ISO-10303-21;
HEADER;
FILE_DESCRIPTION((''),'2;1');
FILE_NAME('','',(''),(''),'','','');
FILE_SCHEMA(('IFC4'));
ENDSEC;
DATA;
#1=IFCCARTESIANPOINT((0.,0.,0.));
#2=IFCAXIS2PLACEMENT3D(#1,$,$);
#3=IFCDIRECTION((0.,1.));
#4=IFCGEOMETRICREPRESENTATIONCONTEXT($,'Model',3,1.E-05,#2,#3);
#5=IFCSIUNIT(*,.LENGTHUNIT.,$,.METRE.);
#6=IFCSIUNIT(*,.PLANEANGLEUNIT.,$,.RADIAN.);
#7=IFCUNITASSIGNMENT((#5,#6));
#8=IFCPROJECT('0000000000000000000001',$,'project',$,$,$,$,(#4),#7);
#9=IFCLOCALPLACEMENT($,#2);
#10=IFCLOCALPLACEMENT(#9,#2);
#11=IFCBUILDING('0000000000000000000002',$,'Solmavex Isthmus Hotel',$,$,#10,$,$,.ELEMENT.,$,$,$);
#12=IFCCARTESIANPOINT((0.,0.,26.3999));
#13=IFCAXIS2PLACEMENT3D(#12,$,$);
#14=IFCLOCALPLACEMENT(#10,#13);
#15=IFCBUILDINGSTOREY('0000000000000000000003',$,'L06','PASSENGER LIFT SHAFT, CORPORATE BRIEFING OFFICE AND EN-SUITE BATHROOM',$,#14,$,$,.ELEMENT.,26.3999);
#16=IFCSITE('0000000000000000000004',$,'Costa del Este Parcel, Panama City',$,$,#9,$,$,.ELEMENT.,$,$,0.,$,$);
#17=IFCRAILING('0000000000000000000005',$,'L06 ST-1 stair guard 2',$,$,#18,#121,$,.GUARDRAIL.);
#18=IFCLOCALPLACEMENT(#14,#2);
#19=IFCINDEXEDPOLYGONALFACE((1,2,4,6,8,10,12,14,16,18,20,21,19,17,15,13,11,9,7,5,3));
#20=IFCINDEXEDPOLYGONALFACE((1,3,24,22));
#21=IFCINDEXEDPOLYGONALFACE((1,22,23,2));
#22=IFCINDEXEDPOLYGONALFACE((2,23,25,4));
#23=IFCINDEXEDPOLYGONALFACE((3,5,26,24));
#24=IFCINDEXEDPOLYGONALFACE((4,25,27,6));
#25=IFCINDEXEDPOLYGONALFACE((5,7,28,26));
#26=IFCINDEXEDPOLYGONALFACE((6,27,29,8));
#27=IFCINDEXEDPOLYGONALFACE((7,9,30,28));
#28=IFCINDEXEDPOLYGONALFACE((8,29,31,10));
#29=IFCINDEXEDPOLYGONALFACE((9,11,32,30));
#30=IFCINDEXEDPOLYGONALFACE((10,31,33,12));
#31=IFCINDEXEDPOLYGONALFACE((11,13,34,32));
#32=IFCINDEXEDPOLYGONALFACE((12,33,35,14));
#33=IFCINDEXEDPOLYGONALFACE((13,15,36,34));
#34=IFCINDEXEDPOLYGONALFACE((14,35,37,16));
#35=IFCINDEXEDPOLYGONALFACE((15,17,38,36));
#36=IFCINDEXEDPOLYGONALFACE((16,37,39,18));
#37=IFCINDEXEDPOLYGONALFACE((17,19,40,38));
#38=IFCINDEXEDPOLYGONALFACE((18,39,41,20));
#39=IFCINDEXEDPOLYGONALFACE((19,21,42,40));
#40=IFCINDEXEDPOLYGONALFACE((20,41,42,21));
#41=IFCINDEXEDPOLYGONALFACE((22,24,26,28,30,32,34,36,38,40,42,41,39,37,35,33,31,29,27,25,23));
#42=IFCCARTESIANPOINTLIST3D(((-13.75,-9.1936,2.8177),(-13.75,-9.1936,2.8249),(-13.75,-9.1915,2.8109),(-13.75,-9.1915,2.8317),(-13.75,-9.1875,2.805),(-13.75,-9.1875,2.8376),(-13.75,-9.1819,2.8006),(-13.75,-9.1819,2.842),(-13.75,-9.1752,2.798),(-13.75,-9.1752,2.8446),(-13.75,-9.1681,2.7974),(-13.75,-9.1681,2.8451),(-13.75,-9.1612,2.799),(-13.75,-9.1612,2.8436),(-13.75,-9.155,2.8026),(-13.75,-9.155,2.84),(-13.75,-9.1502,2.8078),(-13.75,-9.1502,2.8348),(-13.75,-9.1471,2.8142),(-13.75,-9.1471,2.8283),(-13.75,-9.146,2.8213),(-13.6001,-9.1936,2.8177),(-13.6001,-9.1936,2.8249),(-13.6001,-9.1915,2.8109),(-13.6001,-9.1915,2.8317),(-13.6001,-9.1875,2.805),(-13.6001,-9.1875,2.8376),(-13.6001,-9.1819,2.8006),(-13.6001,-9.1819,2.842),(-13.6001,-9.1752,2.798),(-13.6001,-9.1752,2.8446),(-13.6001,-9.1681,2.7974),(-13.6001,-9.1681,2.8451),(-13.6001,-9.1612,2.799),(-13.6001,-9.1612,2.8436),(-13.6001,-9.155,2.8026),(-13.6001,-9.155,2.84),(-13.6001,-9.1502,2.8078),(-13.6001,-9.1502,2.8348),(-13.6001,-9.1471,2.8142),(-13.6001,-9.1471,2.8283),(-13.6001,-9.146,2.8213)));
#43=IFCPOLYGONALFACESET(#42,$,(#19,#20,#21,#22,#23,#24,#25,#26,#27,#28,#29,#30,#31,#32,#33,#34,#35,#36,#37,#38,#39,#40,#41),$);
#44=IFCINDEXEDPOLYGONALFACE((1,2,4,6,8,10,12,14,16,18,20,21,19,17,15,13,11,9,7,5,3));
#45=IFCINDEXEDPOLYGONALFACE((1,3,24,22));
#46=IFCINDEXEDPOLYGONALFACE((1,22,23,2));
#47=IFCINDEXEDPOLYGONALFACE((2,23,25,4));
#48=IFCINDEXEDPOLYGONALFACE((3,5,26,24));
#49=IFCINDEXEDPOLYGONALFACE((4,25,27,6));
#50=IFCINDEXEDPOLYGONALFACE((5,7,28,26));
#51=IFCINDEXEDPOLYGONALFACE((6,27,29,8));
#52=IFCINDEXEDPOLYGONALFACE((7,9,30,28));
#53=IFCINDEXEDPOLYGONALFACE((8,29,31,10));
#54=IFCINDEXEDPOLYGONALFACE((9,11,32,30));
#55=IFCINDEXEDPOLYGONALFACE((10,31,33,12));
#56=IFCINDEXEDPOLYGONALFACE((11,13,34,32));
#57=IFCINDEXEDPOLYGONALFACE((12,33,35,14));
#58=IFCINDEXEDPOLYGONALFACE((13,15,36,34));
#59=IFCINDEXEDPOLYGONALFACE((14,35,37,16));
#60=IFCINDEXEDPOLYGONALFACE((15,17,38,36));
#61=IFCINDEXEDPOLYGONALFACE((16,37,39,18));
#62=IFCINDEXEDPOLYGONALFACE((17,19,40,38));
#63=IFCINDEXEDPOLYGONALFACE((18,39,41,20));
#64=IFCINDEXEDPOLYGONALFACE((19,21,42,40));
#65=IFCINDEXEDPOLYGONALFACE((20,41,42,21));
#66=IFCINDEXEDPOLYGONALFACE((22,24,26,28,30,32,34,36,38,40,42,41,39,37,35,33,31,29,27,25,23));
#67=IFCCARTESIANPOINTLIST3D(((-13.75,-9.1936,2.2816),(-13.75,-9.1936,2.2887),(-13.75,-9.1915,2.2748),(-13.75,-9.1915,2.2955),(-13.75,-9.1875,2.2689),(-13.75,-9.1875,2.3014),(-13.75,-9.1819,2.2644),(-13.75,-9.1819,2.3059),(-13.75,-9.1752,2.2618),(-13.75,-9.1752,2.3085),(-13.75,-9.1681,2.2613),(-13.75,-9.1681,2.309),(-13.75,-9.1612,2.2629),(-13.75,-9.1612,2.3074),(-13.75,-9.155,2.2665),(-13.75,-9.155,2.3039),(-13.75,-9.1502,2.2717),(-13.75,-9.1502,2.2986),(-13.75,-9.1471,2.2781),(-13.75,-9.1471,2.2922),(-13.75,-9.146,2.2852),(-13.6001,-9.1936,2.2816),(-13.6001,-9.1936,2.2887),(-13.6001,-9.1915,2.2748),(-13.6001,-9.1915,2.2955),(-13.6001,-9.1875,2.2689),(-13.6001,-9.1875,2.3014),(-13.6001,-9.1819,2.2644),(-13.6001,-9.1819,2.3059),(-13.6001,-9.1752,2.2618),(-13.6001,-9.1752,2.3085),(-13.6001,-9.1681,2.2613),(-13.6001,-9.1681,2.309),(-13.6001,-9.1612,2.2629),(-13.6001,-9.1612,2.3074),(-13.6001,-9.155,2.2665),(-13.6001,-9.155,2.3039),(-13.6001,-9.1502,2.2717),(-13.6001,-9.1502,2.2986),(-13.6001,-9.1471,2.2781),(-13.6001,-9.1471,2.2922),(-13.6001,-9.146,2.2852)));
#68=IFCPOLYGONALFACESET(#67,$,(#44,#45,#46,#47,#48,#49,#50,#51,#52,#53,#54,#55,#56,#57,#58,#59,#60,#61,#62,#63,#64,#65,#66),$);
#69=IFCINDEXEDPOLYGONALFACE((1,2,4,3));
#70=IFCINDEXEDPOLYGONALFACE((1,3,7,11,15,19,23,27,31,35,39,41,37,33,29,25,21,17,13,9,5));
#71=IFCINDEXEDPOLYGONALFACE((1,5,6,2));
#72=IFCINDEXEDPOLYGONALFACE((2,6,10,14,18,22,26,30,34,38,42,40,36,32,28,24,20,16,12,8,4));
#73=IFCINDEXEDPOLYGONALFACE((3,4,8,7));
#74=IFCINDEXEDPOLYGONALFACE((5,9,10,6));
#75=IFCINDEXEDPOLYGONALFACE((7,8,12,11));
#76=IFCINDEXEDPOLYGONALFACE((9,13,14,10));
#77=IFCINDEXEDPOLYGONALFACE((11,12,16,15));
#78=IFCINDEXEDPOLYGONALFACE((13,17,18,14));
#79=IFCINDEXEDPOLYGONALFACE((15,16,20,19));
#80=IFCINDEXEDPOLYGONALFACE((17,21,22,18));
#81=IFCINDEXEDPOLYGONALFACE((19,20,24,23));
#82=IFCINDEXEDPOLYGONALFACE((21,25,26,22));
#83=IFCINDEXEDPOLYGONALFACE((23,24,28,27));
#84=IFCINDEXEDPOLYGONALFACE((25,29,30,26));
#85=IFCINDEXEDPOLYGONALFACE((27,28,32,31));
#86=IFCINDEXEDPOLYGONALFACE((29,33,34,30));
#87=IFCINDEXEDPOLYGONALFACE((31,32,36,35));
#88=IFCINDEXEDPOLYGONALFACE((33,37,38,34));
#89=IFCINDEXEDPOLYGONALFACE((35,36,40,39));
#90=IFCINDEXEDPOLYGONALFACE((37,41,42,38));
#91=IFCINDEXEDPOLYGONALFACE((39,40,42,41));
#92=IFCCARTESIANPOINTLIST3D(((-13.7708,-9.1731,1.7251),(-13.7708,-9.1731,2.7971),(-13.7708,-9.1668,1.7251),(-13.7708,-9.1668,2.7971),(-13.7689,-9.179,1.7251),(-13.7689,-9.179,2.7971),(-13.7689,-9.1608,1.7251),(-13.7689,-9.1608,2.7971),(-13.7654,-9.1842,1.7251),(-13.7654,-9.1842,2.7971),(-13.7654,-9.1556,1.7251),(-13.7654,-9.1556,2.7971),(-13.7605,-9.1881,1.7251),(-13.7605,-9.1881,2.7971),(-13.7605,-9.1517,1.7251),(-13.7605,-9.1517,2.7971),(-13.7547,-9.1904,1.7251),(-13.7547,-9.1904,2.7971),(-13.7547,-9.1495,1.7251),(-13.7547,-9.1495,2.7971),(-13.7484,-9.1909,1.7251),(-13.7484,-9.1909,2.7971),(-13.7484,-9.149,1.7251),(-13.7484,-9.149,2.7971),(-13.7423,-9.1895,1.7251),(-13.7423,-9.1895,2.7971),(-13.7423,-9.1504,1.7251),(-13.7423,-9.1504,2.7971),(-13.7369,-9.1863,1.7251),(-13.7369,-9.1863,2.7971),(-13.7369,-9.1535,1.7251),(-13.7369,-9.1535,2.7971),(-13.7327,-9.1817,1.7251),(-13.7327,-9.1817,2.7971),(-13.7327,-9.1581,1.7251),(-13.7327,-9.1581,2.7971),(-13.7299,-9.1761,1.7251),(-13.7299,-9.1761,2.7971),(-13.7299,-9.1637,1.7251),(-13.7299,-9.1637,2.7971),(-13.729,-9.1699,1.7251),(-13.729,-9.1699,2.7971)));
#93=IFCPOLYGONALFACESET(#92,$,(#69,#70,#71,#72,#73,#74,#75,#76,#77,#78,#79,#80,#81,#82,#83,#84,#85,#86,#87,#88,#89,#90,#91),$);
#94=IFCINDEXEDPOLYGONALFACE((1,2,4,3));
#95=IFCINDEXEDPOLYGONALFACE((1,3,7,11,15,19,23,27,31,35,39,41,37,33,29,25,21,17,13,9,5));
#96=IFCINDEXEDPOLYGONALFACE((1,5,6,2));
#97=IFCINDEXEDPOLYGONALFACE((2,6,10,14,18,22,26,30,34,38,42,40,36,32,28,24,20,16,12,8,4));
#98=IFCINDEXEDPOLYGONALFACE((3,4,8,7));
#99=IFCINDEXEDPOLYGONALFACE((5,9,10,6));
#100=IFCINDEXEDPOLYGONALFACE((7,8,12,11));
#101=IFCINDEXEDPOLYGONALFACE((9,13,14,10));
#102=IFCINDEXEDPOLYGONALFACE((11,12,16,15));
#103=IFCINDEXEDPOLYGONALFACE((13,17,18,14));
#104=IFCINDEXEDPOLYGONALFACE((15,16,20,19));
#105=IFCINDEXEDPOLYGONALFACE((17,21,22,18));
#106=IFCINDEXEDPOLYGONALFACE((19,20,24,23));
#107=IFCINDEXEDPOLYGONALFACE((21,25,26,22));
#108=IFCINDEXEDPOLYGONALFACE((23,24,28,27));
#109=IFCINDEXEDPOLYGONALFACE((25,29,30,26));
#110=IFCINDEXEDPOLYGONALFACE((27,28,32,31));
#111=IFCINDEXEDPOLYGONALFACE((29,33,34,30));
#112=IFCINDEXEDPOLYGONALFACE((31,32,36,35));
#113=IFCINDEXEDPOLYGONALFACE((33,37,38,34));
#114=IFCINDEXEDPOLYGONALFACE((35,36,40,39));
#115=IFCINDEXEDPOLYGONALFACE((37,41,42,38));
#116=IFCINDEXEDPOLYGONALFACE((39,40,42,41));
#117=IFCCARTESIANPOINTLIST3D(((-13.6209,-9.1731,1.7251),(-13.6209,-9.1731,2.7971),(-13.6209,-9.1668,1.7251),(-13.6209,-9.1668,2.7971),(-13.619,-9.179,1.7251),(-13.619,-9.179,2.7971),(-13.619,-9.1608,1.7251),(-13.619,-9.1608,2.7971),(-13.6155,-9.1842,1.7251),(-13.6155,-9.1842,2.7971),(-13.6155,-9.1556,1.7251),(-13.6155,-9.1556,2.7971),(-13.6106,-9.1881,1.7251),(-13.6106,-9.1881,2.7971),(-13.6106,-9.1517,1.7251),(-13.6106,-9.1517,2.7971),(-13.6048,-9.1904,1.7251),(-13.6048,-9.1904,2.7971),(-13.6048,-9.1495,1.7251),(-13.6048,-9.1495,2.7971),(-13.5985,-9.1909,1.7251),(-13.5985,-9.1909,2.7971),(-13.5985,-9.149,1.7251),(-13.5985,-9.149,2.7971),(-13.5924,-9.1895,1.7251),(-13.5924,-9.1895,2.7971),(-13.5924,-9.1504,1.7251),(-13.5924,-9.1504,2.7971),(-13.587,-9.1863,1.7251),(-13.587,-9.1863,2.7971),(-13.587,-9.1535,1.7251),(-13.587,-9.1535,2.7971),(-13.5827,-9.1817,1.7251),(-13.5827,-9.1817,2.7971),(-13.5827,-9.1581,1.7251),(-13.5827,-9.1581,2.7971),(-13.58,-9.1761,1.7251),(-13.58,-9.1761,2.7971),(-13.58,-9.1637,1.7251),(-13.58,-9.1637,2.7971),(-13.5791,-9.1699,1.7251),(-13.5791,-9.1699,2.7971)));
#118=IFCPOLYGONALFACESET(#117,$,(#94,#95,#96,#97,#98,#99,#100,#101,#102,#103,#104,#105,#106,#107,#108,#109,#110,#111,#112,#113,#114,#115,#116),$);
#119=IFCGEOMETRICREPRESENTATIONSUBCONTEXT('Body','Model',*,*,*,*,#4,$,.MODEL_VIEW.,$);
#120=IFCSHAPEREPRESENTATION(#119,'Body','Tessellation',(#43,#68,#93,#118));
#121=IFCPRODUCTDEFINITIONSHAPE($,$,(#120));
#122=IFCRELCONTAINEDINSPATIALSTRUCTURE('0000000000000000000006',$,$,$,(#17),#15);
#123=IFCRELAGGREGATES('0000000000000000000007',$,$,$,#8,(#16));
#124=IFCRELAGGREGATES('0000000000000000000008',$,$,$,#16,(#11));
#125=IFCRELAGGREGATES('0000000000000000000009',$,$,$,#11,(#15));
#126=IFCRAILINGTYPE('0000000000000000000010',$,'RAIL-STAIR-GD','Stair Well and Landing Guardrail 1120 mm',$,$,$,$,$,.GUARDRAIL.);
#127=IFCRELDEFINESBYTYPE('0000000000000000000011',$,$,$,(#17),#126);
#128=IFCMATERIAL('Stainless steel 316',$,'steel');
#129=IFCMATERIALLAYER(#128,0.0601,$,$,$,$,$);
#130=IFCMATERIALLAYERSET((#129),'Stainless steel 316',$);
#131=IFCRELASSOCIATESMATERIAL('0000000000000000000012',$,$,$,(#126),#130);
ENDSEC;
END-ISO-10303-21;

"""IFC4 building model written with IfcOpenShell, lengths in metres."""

from ifc_helpers import new_model, si_unit, direction, frame, origin, origin_2d, place, context, subcontext, project, spatial, circle, extrude, material, layer, layer_set, type_object, element, save


model = new_model("IFC4")

# Units and contexts
model_context = context("Model", 3, precision=1e-05, world=origin(), true_north=direction((0.0, 1.0)))
body_context = subcontext(model_context, "Body", "Model", "MODEL_VIEW")
ifc_project = project(units=[si_unit("LENGTHUNIT", "METRE"), si_unit("PLANEANGLEUNIT", "RADIAN")], contexts=[model_context])

# Site, building, storey
site_placement = place(None, origin())
site = spatial("IfcSite", under=ifc_project, at=site_placement, Name="Costa del Este Parcel, Panama City", CompositionType="ELEMENT", RefElevation=0.0)
building_placement = place(site_placement, origin())
building = spatial("IfcBuilding", under=site, at=building_placement, Name="Solmavex Isthmus Hotel", CompositionType="ELEMENT")
storey_placement = place(building_placement, frame((0.0, 0.0, 26.3999)))
storey = spatial("IfcBuildingStorey", under=building, at=storey_placement, Name="L06", Description="PASSENGER LIFT SHAFT, CORPORATE BRIEFING OFFICE AND EN-SUITE BATHROOM", CompositionType="ELEMENT", Elevation=26.3999)

# Shared definitions
ifc_material_1 = material(Name="Stainless steel 316", Category="steel")

# Railing
ifc_layer_1 = layer(ifc_material_1, 0.0601)
ifc_layer_set_1 = layer_set([ifc_layer_1], Name="Stainless steel 316")
railing_type_1 = type_object("IfcRailingType", Name="RAIL-STAIR-GD", Description="Stair Well and Landing Guardrail 1120 mm", PredefinedType="GUARDRAIL", material=ifc_layer_set_1)
railing_1_placement = place(storey_placement, frame((-13.75, -9.1699, 1.7251)))
element("IfcRailing", 1, at=railing_1_placement, inside=storey, type_object=railing_type_1, Name="L06 ST-1 stair guard 2", PredefinedType="GUARDRAIL", context=body_context, shape_type="SweptSolid", body=[
    extrude(circle(Radius=0.0239, at=origin_2d()), frame((0.0, 0.0, 1.0962), z_axis=(1.0, 0.0, 0.0), x_axis=(0.0, 1.0, 0.0)), (0.0, 0.0, 1.0), 0.1499),
    extrude(circle(Radius=0.0239, at=origin_2d()), frame((0.0, 0.0, 0.5601), z_axis=(1.0, 0.0, 0.0), x_axis=(0.0, 1.0, 0.0)), (0.0, 0.0, 1.0), 0.1499),
    extrude(circle(Radius=0.021, at=origin_2d()), origin(), (0.0, 0.0, 1.0), 1.072),
    extrude(circle(Radius=0.021, at=origin_2d()), frame((0.1499, 0.0, 0.0)), (0.0, 0.0, 1.0), 1.072),
])

save(model, "model.ifc")
